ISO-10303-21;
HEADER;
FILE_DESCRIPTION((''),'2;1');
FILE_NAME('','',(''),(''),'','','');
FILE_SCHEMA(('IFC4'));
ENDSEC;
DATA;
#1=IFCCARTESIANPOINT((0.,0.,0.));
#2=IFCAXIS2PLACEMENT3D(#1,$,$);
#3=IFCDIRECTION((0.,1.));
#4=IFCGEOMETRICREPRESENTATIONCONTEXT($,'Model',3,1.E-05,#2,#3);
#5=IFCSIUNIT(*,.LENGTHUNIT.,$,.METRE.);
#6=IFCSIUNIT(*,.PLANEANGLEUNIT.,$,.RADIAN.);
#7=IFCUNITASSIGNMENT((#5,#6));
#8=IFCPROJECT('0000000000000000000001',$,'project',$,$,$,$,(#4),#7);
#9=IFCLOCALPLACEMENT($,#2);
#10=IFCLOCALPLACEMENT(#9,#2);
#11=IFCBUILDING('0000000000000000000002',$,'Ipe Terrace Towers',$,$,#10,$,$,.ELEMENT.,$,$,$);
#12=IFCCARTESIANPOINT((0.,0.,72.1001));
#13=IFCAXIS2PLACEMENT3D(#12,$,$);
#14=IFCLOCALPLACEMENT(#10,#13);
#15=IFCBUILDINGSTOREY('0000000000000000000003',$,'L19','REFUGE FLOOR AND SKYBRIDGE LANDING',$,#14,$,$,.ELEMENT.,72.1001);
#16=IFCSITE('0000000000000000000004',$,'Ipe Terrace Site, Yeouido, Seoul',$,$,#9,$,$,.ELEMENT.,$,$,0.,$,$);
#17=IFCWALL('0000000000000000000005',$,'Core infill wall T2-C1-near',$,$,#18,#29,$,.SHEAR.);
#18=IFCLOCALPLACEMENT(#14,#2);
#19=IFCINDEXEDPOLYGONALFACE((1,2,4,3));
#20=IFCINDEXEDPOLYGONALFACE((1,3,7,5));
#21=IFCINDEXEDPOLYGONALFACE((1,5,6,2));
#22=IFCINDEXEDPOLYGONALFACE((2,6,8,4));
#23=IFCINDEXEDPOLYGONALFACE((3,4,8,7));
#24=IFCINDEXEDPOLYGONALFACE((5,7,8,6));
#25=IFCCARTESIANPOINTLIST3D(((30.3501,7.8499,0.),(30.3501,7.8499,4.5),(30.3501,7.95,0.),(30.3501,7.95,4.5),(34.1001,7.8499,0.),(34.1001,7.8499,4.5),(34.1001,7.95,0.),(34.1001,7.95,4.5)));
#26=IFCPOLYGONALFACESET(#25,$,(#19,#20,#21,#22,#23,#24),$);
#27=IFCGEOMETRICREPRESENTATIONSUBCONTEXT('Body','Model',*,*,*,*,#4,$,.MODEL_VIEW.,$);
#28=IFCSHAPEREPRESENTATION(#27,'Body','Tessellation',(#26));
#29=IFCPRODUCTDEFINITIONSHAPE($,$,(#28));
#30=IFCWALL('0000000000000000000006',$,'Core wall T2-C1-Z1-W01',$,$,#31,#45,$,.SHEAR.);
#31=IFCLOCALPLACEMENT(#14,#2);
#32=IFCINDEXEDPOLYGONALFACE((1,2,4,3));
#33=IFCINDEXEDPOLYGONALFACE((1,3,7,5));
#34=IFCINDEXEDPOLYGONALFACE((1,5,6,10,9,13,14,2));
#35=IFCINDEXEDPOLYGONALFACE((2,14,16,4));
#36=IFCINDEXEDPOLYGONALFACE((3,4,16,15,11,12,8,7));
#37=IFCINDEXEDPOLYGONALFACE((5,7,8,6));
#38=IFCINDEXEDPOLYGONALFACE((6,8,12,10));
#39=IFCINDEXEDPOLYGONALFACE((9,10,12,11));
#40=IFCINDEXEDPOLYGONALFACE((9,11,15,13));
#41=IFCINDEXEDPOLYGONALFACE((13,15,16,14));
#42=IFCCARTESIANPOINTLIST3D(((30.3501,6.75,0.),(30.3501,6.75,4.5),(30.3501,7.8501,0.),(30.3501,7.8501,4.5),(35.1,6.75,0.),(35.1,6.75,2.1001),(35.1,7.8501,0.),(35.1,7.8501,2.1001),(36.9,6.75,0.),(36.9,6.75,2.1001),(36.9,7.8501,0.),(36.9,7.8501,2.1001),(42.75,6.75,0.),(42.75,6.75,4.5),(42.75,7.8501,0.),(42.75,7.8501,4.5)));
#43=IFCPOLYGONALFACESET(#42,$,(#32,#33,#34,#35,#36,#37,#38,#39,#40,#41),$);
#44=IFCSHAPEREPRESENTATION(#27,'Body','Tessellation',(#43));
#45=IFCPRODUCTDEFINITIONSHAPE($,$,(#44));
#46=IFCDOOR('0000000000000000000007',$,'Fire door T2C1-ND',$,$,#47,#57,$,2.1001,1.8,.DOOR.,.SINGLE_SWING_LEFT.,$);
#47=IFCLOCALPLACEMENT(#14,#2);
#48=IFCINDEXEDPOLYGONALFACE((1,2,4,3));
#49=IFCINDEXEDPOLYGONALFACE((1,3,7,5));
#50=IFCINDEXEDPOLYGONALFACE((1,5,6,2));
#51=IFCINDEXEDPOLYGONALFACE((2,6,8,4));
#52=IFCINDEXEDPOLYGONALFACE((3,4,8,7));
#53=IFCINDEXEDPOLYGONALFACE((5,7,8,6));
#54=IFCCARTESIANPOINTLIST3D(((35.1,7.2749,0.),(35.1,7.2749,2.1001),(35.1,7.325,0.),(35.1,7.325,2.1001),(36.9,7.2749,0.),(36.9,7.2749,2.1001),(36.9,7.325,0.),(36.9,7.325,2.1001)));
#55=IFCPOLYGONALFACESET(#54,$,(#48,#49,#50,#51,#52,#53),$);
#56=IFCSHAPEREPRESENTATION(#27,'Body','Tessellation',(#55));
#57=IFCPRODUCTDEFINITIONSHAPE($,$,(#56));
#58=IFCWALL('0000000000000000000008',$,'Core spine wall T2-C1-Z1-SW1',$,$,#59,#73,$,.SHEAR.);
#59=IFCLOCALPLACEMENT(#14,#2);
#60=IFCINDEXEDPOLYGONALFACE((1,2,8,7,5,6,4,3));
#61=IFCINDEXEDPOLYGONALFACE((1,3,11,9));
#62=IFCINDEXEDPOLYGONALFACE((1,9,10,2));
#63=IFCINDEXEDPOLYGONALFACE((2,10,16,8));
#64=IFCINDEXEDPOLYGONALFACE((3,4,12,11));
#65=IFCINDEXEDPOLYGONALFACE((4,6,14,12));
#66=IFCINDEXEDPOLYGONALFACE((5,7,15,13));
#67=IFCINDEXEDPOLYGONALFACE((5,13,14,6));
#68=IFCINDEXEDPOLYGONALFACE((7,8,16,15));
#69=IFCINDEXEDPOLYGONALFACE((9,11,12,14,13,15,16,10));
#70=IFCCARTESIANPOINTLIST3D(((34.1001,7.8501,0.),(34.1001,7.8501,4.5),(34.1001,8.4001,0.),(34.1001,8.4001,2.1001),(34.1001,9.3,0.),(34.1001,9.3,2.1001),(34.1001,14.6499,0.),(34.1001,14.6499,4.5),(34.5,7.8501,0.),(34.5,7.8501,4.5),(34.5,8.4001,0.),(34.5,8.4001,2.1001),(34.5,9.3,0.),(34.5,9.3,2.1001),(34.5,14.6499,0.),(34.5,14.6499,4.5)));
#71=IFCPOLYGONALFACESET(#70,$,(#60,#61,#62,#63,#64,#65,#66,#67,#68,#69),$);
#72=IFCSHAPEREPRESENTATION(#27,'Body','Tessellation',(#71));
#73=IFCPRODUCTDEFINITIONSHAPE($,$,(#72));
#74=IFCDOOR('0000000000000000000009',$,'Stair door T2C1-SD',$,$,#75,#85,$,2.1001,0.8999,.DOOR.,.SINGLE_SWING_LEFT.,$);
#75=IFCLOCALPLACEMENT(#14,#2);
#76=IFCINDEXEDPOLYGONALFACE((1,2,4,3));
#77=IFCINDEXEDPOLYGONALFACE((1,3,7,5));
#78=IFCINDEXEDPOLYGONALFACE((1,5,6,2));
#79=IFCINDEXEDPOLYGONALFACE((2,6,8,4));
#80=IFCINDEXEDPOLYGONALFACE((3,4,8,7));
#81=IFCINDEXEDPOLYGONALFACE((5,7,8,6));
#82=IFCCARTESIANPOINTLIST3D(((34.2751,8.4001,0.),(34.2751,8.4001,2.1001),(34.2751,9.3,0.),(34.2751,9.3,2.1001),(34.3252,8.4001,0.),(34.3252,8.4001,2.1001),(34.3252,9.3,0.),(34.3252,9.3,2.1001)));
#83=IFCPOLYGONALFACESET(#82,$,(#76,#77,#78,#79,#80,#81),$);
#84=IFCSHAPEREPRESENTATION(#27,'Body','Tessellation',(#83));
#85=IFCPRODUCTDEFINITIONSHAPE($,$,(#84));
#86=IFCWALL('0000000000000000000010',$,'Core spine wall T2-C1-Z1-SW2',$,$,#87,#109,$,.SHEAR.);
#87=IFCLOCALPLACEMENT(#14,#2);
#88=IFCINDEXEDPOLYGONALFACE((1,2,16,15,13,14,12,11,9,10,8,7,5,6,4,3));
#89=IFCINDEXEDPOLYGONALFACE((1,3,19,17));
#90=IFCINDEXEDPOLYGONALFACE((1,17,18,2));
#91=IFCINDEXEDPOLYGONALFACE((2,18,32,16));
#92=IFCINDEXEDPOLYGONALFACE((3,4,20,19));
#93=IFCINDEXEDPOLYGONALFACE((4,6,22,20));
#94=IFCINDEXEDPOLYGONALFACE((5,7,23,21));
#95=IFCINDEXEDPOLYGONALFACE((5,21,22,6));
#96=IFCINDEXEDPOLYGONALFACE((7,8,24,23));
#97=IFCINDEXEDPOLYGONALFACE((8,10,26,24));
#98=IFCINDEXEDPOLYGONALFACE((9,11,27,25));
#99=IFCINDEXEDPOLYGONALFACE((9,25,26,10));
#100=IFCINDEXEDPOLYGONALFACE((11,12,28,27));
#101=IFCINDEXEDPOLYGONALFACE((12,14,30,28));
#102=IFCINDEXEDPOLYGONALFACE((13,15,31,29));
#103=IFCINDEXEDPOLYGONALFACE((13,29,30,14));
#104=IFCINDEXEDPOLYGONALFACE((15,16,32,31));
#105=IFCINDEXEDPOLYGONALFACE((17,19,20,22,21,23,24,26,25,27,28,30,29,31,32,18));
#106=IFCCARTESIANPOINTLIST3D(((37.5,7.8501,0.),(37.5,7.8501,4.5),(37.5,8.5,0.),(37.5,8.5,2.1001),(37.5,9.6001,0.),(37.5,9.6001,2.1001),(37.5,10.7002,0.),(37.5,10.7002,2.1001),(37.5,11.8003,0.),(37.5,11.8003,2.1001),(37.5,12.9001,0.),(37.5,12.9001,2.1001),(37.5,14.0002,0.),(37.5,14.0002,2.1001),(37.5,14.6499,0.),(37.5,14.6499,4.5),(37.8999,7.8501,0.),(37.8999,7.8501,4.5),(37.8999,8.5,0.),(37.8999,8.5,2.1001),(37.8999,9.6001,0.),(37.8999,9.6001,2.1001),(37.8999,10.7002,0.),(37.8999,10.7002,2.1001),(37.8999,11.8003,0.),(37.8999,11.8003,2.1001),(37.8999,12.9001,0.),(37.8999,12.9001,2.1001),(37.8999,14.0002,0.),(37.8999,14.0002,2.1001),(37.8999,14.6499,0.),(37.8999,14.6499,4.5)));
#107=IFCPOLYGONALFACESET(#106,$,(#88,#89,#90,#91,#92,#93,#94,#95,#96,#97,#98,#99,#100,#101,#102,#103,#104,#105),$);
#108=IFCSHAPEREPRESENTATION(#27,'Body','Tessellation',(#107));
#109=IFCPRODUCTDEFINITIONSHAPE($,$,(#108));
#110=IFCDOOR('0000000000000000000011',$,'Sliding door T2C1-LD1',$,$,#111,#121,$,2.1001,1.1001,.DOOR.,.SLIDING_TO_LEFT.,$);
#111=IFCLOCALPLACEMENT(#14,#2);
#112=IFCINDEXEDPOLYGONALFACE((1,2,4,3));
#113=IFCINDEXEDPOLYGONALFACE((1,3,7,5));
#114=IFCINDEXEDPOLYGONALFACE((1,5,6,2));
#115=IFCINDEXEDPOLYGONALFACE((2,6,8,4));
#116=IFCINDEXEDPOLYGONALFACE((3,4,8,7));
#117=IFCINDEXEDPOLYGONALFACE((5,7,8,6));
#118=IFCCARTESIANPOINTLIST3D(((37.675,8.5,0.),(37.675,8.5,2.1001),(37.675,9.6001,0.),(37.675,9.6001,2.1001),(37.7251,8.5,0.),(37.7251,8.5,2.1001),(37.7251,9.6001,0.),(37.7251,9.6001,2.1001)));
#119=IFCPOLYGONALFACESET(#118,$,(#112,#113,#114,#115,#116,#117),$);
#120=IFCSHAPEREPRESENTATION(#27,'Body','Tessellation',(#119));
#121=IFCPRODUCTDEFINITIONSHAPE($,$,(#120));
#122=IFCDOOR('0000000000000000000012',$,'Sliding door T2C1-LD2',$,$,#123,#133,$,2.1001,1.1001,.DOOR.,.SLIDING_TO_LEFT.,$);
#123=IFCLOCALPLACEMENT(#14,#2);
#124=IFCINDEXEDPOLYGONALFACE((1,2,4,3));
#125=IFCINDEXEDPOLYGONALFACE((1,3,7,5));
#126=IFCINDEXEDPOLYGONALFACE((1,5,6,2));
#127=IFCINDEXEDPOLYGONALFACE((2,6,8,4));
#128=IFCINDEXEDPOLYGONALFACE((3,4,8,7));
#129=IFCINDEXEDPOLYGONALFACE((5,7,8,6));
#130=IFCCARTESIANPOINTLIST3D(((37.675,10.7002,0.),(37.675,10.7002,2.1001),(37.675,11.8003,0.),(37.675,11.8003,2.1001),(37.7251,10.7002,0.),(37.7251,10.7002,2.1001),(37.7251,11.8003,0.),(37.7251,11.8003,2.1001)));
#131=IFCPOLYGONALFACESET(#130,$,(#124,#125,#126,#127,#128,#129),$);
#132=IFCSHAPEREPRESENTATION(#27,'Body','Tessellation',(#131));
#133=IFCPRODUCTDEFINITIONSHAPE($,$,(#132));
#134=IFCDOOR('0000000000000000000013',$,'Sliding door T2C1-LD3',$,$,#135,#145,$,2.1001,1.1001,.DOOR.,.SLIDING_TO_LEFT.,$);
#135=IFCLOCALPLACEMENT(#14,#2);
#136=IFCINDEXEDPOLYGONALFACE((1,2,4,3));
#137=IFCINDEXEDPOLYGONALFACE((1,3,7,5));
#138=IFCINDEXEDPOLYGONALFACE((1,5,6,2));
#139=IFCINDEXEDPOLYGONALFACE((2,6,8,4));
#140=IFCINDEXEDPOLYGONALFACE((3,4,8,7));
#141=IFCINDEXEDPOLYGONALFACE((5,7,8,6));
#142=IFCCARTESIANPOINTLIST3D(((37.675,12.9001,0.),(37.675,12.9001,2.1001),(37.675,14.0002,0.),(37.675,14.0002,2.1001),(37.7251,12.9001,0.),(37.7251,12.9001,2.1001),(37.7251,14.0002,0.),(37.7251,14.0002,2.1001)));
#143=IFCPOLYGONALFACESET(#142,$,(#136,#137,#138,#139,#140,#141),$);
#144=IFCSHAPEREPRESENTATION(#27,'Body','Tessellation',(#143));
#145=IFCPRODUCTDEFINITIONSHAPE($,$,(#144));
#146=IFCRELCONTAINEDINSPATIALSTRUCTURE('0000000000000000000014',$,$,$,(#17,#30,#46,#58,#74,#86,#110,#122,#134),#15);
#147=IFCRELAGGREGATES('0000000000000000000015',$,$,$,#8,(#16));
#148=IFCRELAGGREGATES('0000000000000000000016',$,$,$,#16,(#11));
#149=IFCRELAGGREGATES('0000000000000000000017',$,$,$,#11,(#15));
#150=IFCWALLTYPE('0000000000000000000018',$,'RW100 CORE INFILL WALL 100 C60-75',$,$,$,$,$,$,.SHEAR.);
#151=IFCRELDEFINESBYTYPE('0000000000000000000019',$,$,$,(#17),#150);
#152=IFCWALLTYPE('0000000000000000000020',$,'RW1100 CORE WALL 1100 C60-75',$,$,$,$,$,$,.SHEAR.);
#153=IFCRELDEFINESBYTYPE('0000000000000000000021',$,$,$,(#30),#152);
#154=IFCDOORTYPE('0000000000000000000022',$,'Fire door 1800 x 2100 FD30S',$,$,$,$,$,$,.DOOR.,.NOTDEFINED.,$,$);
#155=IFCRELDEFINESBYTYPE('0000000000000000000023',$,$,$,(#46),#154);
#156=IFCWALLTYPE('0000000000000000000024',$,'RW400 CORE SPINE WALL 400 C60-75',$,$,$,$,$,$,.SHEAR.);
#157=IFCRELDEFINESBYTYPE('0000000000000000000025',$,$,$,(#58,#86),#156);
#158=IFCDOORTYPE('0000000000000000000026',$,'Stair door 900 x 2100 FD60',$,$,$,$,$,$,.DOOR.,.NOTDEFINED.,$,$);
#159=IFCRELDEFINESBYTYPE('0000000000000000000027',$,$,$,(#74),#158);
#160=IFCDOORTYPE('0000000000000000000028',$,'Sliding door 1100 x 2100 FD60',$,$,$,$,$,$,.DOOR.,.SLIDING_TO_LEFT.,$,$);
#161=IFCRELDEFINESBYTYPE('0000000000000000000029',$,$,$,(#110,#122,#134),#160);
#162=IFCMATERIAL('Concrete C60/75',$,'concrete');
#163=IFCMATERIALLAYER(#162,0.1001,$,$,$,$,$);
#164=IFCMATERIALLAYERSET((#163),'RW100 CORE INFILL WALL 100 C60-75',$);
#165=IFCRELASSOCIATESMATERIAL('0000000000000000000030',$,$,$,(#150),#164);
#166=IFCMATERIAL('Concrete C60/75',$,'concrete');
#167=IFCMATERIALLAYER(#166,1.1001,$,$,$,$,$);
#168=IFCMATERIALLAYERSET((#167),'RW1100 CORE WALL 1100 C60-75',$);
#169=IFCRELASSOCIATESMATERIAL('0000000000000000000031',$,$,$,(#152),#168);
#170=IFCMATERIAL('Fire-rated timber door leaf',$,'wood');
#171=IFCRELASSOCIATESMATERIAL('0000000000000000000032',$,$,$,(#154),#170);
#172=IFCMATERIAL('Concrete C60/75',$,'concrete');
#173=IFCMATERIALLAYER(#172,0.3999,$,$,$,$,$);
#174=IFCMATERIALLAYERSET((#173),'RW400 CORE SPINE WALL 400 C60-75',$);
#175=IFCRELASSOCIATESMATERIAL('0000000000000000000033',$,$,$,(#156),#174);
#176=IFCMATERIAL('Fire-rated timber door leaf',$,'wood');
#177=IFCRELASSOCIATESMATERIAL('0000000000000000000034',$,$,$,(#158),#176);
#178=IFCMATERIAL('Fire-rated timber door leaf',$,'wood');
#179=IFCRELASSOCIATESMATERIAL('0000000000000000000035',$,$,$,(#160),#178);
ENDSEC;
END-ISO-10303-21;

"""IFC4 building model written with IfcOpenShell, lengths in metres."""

from ifc_helpers import new_model, si_unit, direction, frame, frame_2d, origin, place, context, subcontext, project, spatial, rectangle, extrude, material, layer, layer_set, type_object, element, fill, save


model = new_model("IFC4")

# Units and contexts
model_context = context("Model", 3, precision=1e-05, world=origin(), true_north=direction((0.0, 1.0)))
body_context = subcontext(model_context, "Body", "Model", "MODEL_VIEW")
ifc_project = project(units=[si_unit("LENGTHUNIT", "METRE"), si_unit("PLANEANGLEUNIT", "RADIAN")], contexts=[model_context])

# Site, building, storey
site_placement = place(None, origin())
site = spatial("IfcSite", under=ifc_project, at=site_placement, Name="Ipe Terrace Site, Yeouido, Seoul", CompositionType="ELEMENT", RefElevation=0.0)
building_placement = place(site_placement, origin())
building = spatial("IfcBuilding", under=site, at=building_placement, Name="Ipe Terrace Towers", CompositionType="ELEMENT")
storey_placement = place(building_placement, frame((0.0, 0.0, 72.1001)))
storey = spatial("IfcBuildingStorey", under=building, at=storey_placement, Name="L19", Description="REFUGE FLOOR AND SKYBRIDGE LANDING", CompositionType="ELEMENT", Elevation=72.1001)

# Wall
ifc_material_1 = material(Name="Concrete C60/75", Category="concrete")
ifc_layer_1 = layer(ifc_material_1, 0.1001)
ifc_layer_set_1 = layer_set([ifc_layer_1], Name="RW100 CORE INFILL WALL 100 C60-75")
wall_type_1 = type_object("IfcWallType", Name="RW100 CORE INFILL WALL 100 C60-75", PredefinedType="SHEAR", material=ifc_layer_set_1)
wall_1_placement = place(storey_placement, frame((34.1001, 7.8999, 0.0), z_axis=(0.0, 0.0, 1.0), x_axis=(-1.0, 0.0, 0.0)))
element("IfcWall", 1, at=wall_1_placement, inside=storey, type_object=wall_type_1, Name="Core infill wall T2-C1-near", PredefinedType="SHEAR", context=body_context, shape_type="SweptSolid", body=[
    extrude(rectangle(XDim=3.75, YDim=0.1001, at=frame_2d((1.875, 0.0))), origin(), (0.0, 0.0, 1.0), 4.5),
])

# Walls, openings, doors
ifc_material_2 = material(Name="Concrete C60/75", Category="concrete")
ifc_layer_2 = layer(ifc_material_2, 1.1001)
ifc_layer_set_2 = layer_set([ifc_layer_2], Name="RW1100 CORE WALL 1100 C60-75")
wall_type_2 = type_object("IfcWallType", Name="RW1100 CORE WALL 1100 C60-75", PredefinedType="SHEAR", material=ifc_layer_set_2)
wall_2_placement = place(storey_placement, frame((30.3501, 7.3, 0.0), z_axis=(0.0, 0.0, 1.0), x_axis=(1.0, 0.0, 0.0)))
wall_2 = element("IfcWall", 2, at=wall_2_placement, inside=storey, type_object=wall_type_2, Name="Core wall T2-C1-Z1-W01", PredefinedType="SHEAR", context=body_context, shape_type="SweptSolid", body=[
    extrude(rectangle(XDim=12.3999, YDim=1.1001, at=frame_2d((6.2, 0.0))), origin(), (0.0, 0.0, 1.0), 4.5),
])
opening_1_placement = place(wall_2_placement, frame((4.75, 0.0, 0.0)))
opening_1 = element("IfcOpeningElement", 3, at=opening_1_placement, cuts=wall_2, PredefinedType="OPENING", context=body_context, shape_type="SweptSolid", body=[
    extrude(rectangle(XDim=1.8, YDim=2.1001, at=frame_2d((0.8999, 1.05))), frame((0.0, 0.5601, 0.0), z_axis=(0.0, -1.0, 0.0), x_axis=(1.0, 0.0, 0.0)), (0.0, 0.0, 1.0), 1.1201),
])
ifc_material_3 = material(Name="Fire-rated timber door leaf", Category="wood")
door_type_1 = type_object("IfcDoorType", Name="Fire door 1800 x 2100 FD30S", OperationType="NOTDEFINED", PredefinedType="DOOR", material=ifc_material_3)
door_1_placement = place(opening_1_placement, origin())
door_1 = element("IfcDoor", 4, at=door_1_placement, inside=storey, type_object=door_type_1, Name="Fire door T2C1-ND", OperationType="SINGLE_SWING_LEFT", OverallHeight=2.1001, OverallWidth=1.8, PredefinedType="DOOR", context=body_context, shape_type="SweptSolid", body=[
    extrude(rectangle(XDim=1.8, YDim=2.1001, at=frame_2d((0.8999, 1.05))), frame((0.0, 0.0249, 0.0), z_axis=(0.0, -1.0, 0.0), x_axis=(1.0, 0.0, 0.0)), (0.0, 0.0, 1.0), 0.05),
])
fill(opening_1, door_1)
ifc_material_4 = material(Name="Concrete C60/75", Category="concrete")
ifc_layer_3 = layer(ifc_material_4, 0.3999)
ifc_layer_set_3 = layer_set([ifc_layer_3], Name="RW400 CORE SPINE WALL 400 C60-75")
wall_type_3 = type_object("IfcWallType", Name="RW400 CORE SPINE WALL 400 C60-75", PredefinedType="SHEAR", material=ifc_layer_set_3)
wall_3_placement = place(storey_placement, frame((34.3, 7.8501, 0.0), z_axis=(0.0, 0.0, 1.0), x_axis=(0.0, 1.0, 0.0)))
wall_3 = element("IfcWall", 5, at=wall_3_placement, inside=storey, type_object=wall_type_3, Name="Core spine wall T2-C1-Z1-SW1", PredefinedType="SHEAR", context=body_context, shape_type="SweptSolid", body=[
    extrude(rectangle(XDim=6.7998, YDim=0.3999, at=frame_2d((3.3999, 0.0))), origin(), (0.0, 0.0, 1.0), 4.5),
])
opening_2_placement = place(wall_3_placement, frame((0.55, 0.0, 0.0)))
opening_2 = element("IfcOpeningElement", 6, at=opening_2_placement, cuts=wall_3, PredefinedType="OPENING", context=body_context, shape_type="SweptSolid", body=[
    extrude(rectangle(XDim=0.8999, YDim=2.1001, at=frame_2d((0.45, 1.05))), frame((0.0, 0.21, 0.0), z_axis=(0.0, -1.0, 0.0), x_axis=(1.0, 0.0, 0.0)), (0.0, 0.0, 1.0), 0.4199),
])
ifc_material_5 = material(Name="Fire-rated timber door leaf", Category="wood")
door_type_2 = type_object("IfcDoorType", Name="Stair door 900 x 2100 FD60", OperationType="NOTDEFINED", PredefinedType="DOOR", material=ifc_material_5)
door_2_placement = place(opening_2_placement, origin())
door_2 = element("IfcDoor", 7, at=door_2_placement, inside=storey, type_object=door_type_2, Name="Stair door T2C1-SD", OperationType="SINGLE_SWING_LEFT", OverallHeight=2.1001, OverallWidth=0.8999, PredefinedType="DOOR", context=body_context, shape_type="SweptSolid", body=[
    extrude(rectangle(XDim=0.8999, YDim=2.1001, at=frame_2d((0.45, 1.05))), frame((0.0, 0.0249, 0.0), z_axis=(0.0, -1.0, 0.0), x_axis=(1.0, 0.0, 0.0)), (0.0, 0.0, 1.0), 0.05),
])
fill(opening_2, door_2)

# Wall, openings, doors
wall_4_placement = place(storey_placement, frame((37.7, 7.8501, 0.0), z_axis=(0.0, 0.0, 1.0), x_axis=(0.0, 1.0, 0.0)))
wall_4 = element("IfcWall", 8, at=wall_4_placement, inside=storey, type_object=wall_type_3, Name="Core spine wall T2-C1-Z1-SW2", PredefinedType="SHEAR", context=body_context, shape_type="SweptSolid", body=[
    extrude(rectangle(XDim=6.7998, YDim=0.3999, at=frame_2d((3.3999, 0.0))), origin(), (0.0, 0.0, 1.0), 4.5),
])
opening_3_placement = place(wall_4_placement, frame((0.6499, 0.0, 0.0)))
opening_3 = element("IfcOpeningElement", 9, at=opening_3_placement, cuts=wall_4, PredefinedType="OPENING", context=body_context, shape_type="SweptSolid", body=[
    extrude(rectangle(XDim=1.1001, YDim=2.1001, at=frame_2d((0.55, 1.05))), frame((0.0, 0.21, 0.0), z_axis=(0.0, -1.0, 0.0), x_axis=(1.0, 0.0, 0.0)), (0.0, 0.0, 1.0), 0.4199),
])
opening_4_placement = place(wall_4_placement, frame((2.8501, 0.0, 0.0)))
opening_4 = element("IfcOpeningElement", 10, at=opening_4_placement, cuts=wall_4, PredefinedType="OPENING", context=body_context, shape_type="SweptSolid", body=[
    extrude(rectangle(XDim=1.1001, YDim=2.1001, at=frame_2d((0.55, 1.05))), frame((0.0, 0.21, 0.0), z_axis=(0.0, -1.0, 0.0), x_axis=(1.0, 0.0, 0.0)), (0.0, 0.0, 1.0), 0.4199),
])
opening_5_placement = place(wall_4_placement, frame((5.05, 0.0, 0.0)))
opening_5 = element("IfcOpeningElement", 11, at=opening_5_placement, cuts=wall_4, PredefinedType="OPENING", context=body_context, shape_type="SweptSolid", body=[
    extrude(rectangle(XDim=1.1001, YDim=2.1001, at=frame_2d((0.55, 1.05))), frame((0.0, 0.21, 0.0), z_axis=(0.0, -1.0, 0.0), x_axis=(1.0, 0.0, 0.0)), (0.0, 0.0, 1.0), 0.4199),
])
ifc_material_6 = material(Name="Fire-rated timber door leaf", Category="wood")
door_type_3 = type_object("IfcDoorType", Name="Sliding door 1100 x 2100 FD60", OperationType="SLIDING_TO_LEFT", PredefinedType="DOOR", material=ifc_material_6)
door_3_placement = place(opening_3_placement, origin())
door_3 = element("IfcDoor", 12, at=door_3_placement, inside=storey, type_object=door_type_3, Name="Sliding door T2C1-LD1", OperationType="SLIDING_TO_LEFT", OverallHeight=2.1001, OverallWidth=1.1001, PredefinedType="DOOR", context=body_context, shape_type="SweptSolid", body=[
    extrude(rectangle(XDim=1.1001, YDim=2.1001, at=frame_2d((0.55, 1.05))), frame((0.0, 0.0249, 0.0), z_axis=(0.0, -1.0, 0.0), x_axis=(1.0, 0.0, 0.0)), (0.0, 0.0, 1.0), 0.05),
])
fill(opening_3, door_3)
door_4_placement = place(opening_4_placement, origin())
door_4 = element("IfcDoor", 13, at=door_4_placement, inside=storey, type_object=door_type_3, Name="Sliding door T2C1-LD2", OperationType="SLIDING_TO_LEFT", OverallHeight=2.1001, OverallWidth=1.1001, PredefinedType="DOOR", context=body_context, shape_type="SweptSolid", body=[
    extrude(rectangle(XDim=1.1001, YDim=2.1001, at=frame_2d((0.55, 1.05))), frame((0.0, 0.0249, 0.0), z_axis=(0.0, -1.0, 0.0), x_axis=(1.0, 0.0, 0.0)), (0.0, 0.0, 1.0), 0.05),
])
fill(opening_4, door_4)
door_5_placement = place(opening_5_placement, origin())
door_5 = element("IfcDoor", 14, at=door_5_placement, inside=storey, type_object=door_type_3, Name="Sliding door T2C1-LD3", OperationType="SLIDING_TO_LEFT", OverallHeight=2.1001, OverallWidth=1.1001, PredefinedType="DOOR", context=body_context, shape_type="SweptSolid", body=[
    extrude(rectangle(XDim=1.1001, YDim=2.1001, at=frame_2d((0.55, 1.05))), frame((0.0, 0.0249, 0.0), z_axis=(0.0, -1.0, 0.0), x_axis=(1.0, 0.0, 0.0)), (0.0, 0.0, 1.0), 0.05),
])
fill(opening_5, door_5)

save(model, "model.ifc")
